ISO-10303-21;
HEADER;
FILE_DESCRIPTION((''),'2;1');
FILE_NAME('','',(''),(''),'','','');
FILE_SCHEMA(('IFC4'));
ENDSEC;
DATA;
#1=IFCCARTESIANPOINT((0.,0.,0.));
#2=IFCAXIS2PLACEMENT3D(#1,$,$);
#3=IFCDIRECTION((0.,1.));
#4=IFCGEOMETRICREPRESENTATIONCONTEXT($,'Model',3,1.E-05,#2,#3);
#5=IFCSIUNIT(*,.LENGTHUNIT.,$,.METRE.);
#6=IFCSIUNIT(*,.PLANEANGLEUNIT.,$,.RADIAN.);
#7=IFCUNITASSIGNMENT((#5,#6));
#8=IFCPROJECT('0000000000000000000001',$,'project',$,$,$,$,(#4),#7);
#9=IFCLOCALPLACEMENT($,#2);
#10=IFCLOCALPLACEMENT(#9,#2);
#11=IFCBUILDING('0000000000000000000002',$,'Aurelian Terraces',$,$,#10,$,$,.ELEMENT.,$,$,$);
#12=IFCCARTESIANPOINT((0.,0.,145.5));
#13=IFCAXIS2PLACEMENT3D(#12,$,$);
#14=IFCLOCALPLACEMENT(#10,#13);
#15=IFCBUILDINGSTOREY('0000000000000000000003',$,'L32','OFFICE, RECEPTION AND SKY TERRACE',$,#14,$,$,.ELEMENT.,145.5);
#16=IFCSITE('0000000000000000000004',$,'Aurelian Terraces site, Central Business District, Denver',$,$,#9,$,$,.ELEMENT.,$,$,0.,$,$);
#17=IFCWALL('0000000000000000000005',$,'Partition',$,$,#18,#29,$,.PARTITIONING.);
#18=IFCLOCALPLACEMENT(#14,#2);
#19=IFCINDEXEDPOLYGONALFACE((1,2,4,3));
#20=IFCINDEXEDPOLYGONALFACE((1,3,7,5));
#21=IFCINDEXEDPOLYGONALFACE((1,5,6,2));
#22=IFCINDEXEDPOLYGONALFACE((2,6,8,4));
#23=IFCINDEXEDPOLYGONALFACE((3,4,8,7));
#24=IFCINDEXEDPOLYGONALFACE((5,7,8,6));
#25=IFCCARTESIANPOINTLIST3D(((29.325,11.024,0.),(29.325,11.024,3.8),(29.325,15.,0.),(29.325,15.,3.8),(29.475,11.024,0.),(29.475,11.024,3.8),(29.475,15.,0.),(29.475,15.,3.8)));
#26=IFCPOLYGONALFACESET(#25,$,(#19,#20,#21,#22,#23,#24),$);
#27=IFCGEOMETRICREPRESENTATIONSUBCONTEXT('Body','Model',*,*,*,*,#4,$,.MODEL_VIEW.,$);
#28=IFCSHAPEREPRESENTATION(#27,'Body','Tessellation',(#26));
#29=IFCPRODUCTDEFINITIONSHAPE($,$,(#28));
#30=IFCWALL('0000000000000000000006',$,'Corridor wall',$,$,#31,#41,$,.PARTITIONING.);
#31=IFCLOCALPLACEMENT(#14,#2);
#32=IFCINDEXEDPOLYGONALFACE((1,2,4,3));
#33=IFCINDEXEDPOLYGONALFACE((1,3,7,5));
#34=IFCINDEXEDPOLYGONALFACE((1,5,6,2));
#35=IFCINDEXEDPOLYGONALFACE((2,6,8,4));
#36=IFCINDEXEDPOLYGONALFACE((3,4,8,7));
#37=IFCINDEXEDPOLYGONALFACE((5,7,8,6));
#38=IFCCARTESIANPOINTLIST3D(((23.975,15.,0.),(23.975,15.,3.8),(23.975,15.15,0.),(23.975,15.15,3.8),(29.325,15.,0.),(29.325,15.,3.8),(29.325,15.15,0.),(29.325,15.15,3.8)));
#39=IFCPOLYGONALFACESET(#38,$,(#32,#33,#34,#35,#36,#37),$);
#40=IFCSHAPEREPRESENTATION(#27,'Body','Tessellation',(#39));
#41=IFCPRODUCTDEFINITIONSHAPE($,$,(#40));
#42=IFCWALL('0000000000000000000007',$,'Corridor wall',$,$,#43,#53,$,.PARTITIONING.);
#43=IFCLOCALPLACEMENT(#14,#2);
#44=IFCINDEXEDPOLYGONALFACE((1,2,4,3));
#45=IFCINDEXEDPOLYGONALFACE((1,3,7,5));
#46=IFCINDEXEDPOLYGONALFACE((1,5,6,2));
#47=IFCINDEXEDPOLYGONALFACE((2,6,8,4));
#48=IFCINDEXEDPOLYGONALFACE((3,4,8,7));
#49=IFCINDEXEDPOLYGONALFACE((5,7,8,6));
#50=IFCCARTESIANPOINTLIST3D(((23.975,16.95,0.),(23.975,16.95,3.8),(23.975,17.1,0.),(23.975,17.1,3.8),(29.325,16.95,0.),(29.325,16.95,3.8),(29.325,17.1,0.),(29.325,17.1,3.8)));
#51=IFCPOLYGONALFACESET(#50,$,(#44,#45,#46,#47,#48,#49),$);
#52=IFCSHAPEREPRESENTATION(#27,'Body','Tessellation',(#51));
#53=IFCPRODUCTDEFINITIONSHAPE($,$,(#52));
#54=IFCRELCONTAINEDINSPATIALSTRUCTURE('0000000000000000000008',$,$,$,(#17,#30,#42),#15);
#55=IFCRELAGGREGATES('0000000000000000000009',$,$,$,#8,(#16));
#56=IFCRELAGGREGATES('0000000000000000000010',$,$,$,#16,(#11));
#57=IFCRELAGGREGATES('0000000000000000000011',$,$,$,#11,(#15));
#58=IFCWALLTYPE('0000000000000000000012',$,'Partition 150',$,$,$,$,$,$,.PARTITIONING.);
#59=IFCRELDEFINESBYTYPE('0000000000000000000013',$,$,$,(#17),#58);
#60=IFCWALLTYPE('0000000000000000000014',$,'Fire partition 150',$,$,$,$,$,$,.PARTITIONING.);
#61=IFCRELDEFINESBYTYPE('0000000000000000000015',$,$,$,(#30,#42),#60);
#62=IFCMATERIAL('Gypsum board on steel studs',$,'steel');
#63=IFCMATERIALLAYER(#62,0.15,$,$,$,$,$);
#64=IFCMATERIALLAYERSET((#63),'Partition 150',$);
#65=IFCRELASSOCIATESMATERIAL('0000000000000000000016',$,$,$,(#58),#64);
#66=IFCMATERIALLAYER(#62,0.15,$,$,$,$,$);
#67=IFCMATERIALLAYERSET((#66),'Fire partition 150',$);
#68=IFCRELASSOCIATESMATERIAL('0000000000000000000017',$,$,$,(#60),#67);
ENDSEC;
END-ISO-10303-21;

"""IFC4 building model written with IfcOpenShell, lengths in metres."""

from ifc_helpers import new_model, si_unit, direction, frame, frame_2d, origin, place, context, subcontext, project, spatial, rectangle, extrude, source, transform, mapped, material, layer, layer_set, type_object, element, save


model = new_model("IFC4")

# Units and contexts
model_context = context("Model", 3, precision=1e-05, world=origin(), true_north=direction((0.0, 1.0)))
body_context = subcontext(model_context, "Body", "Model", "MODEL_VIEW")
ifc_project = project(units=[si_unit("LENGTHUNIT", "METRE"), si_unit("PLANEANGLEUNIT", "RADIAN")], contexts=[model_context])

# Site, building, storey
site_placement = place(None, origin())
site = spatial("IfcSite", under=ifc_project, at=site_placement, Name="Aurelian Terraces site, Central Business District, Denver", CompositionType="ELEMENT", RefElevation=0.0)
building_placement = place(site_placement, origin())
building = spatial("IfcBuilding", under=site, at=building_placement, Name="Aurelian Terraces", CompositionType="ELEMENT")
storey_placement = place(building_placement, frame((0.0, 0.0, 145.5)))
storey = spatial("IfcBuildingStorey", under=building, at=storey_placement, Name="L32", Description="OFFICE, RECEPTION AND SKY TERRACE", CompositionType="ELEMENT", Elevation=145.5)

# Shared definitions
ifc_material_1 = material(Name="Gypsum board on steel studs", Category="steel")
ifc_layer_1 = layer(ifc_material_1, 0.15)
ifc_layer_set_1 = layer_set([ifc_layer_1], Name="Partition 150")
wall_type_1 = type_object("IfcWallType", Name="Partition 150", PredefinedType="PARTITIONING", material=ifc_layer_set_1)

# Shared definitions
ifc_layer_2 = layer(ifc_material_1, 0.15)
ifc_layer_set_2 = layer_set([ifc_layer_2], Name="Fire partition 150")
wall_type_2 = type_object("IfcWallType", Name="Fire partition 150", PredefinedType="PARTITIONING", material=ifc_layer_set_2)

# Walls
shared_shape_1 = source(origin(), body_context, "Body", "SweptSolid", [
    extrude(rectangle(XDim=3.976, YDim=0.15, at=frame_2d((1.988, 0.0))), origin(), (0.0, 0.0, 1.0), 3.8),
])
wall_1_placement = place(storey_placement, frame((29.4, 11.024, 0.0), z_axis=(0.0, 0.0, 1.0), x_axis=(0.0, 1.0, 0.0)))
element("IfcWall", 1, at=wall_1_placement, inside=storey, type_object=wall_type_1, Name="Partition", PredefinedType="PARTITIONING", context=body_context, shape_type="MappedRepresentation", body=[
    mapped(shared_shape_1, transform((0.0, 0.0, 0.0), scale=1.0)),
])
shared_shape_2 = source(origin(), body_context, "Body", "SweptSolid", [
    extrude(rectangle(XDim=5.35, YDim=0.15, at=frame_2d((2.675, 0.0))), origin(), (0.0, 0.0, 1.0), 3.8),
])
for number, where, z_axis, x_axis, name in (
    (2, (29.325, 15.075, 0.0), (0.0, 0.0, 1.0), (-1.0, 0.0, 0.0), "Corridor wall"),
    (3, (23.975, 17.025, 0.0), (0.0, 0.0, 1.0), (1.0, 0.0, 0.0), "Corridor wall"),
):
    element("IfcWall", number, at=place(storey_placement, frame(where, z_axis=z_axis, x_axis=x_axis)), inside=storey, type_object=wall_type_2, Name=name, PredefinedType="PARTITIONING", context=body_context, shape_type="MappedRepresentation", body=[
        mapped(shared_shape_2, transform((0.0, 0.0, 0.0), scale=1.0)),
    ])

save(model, "model.ifc")
